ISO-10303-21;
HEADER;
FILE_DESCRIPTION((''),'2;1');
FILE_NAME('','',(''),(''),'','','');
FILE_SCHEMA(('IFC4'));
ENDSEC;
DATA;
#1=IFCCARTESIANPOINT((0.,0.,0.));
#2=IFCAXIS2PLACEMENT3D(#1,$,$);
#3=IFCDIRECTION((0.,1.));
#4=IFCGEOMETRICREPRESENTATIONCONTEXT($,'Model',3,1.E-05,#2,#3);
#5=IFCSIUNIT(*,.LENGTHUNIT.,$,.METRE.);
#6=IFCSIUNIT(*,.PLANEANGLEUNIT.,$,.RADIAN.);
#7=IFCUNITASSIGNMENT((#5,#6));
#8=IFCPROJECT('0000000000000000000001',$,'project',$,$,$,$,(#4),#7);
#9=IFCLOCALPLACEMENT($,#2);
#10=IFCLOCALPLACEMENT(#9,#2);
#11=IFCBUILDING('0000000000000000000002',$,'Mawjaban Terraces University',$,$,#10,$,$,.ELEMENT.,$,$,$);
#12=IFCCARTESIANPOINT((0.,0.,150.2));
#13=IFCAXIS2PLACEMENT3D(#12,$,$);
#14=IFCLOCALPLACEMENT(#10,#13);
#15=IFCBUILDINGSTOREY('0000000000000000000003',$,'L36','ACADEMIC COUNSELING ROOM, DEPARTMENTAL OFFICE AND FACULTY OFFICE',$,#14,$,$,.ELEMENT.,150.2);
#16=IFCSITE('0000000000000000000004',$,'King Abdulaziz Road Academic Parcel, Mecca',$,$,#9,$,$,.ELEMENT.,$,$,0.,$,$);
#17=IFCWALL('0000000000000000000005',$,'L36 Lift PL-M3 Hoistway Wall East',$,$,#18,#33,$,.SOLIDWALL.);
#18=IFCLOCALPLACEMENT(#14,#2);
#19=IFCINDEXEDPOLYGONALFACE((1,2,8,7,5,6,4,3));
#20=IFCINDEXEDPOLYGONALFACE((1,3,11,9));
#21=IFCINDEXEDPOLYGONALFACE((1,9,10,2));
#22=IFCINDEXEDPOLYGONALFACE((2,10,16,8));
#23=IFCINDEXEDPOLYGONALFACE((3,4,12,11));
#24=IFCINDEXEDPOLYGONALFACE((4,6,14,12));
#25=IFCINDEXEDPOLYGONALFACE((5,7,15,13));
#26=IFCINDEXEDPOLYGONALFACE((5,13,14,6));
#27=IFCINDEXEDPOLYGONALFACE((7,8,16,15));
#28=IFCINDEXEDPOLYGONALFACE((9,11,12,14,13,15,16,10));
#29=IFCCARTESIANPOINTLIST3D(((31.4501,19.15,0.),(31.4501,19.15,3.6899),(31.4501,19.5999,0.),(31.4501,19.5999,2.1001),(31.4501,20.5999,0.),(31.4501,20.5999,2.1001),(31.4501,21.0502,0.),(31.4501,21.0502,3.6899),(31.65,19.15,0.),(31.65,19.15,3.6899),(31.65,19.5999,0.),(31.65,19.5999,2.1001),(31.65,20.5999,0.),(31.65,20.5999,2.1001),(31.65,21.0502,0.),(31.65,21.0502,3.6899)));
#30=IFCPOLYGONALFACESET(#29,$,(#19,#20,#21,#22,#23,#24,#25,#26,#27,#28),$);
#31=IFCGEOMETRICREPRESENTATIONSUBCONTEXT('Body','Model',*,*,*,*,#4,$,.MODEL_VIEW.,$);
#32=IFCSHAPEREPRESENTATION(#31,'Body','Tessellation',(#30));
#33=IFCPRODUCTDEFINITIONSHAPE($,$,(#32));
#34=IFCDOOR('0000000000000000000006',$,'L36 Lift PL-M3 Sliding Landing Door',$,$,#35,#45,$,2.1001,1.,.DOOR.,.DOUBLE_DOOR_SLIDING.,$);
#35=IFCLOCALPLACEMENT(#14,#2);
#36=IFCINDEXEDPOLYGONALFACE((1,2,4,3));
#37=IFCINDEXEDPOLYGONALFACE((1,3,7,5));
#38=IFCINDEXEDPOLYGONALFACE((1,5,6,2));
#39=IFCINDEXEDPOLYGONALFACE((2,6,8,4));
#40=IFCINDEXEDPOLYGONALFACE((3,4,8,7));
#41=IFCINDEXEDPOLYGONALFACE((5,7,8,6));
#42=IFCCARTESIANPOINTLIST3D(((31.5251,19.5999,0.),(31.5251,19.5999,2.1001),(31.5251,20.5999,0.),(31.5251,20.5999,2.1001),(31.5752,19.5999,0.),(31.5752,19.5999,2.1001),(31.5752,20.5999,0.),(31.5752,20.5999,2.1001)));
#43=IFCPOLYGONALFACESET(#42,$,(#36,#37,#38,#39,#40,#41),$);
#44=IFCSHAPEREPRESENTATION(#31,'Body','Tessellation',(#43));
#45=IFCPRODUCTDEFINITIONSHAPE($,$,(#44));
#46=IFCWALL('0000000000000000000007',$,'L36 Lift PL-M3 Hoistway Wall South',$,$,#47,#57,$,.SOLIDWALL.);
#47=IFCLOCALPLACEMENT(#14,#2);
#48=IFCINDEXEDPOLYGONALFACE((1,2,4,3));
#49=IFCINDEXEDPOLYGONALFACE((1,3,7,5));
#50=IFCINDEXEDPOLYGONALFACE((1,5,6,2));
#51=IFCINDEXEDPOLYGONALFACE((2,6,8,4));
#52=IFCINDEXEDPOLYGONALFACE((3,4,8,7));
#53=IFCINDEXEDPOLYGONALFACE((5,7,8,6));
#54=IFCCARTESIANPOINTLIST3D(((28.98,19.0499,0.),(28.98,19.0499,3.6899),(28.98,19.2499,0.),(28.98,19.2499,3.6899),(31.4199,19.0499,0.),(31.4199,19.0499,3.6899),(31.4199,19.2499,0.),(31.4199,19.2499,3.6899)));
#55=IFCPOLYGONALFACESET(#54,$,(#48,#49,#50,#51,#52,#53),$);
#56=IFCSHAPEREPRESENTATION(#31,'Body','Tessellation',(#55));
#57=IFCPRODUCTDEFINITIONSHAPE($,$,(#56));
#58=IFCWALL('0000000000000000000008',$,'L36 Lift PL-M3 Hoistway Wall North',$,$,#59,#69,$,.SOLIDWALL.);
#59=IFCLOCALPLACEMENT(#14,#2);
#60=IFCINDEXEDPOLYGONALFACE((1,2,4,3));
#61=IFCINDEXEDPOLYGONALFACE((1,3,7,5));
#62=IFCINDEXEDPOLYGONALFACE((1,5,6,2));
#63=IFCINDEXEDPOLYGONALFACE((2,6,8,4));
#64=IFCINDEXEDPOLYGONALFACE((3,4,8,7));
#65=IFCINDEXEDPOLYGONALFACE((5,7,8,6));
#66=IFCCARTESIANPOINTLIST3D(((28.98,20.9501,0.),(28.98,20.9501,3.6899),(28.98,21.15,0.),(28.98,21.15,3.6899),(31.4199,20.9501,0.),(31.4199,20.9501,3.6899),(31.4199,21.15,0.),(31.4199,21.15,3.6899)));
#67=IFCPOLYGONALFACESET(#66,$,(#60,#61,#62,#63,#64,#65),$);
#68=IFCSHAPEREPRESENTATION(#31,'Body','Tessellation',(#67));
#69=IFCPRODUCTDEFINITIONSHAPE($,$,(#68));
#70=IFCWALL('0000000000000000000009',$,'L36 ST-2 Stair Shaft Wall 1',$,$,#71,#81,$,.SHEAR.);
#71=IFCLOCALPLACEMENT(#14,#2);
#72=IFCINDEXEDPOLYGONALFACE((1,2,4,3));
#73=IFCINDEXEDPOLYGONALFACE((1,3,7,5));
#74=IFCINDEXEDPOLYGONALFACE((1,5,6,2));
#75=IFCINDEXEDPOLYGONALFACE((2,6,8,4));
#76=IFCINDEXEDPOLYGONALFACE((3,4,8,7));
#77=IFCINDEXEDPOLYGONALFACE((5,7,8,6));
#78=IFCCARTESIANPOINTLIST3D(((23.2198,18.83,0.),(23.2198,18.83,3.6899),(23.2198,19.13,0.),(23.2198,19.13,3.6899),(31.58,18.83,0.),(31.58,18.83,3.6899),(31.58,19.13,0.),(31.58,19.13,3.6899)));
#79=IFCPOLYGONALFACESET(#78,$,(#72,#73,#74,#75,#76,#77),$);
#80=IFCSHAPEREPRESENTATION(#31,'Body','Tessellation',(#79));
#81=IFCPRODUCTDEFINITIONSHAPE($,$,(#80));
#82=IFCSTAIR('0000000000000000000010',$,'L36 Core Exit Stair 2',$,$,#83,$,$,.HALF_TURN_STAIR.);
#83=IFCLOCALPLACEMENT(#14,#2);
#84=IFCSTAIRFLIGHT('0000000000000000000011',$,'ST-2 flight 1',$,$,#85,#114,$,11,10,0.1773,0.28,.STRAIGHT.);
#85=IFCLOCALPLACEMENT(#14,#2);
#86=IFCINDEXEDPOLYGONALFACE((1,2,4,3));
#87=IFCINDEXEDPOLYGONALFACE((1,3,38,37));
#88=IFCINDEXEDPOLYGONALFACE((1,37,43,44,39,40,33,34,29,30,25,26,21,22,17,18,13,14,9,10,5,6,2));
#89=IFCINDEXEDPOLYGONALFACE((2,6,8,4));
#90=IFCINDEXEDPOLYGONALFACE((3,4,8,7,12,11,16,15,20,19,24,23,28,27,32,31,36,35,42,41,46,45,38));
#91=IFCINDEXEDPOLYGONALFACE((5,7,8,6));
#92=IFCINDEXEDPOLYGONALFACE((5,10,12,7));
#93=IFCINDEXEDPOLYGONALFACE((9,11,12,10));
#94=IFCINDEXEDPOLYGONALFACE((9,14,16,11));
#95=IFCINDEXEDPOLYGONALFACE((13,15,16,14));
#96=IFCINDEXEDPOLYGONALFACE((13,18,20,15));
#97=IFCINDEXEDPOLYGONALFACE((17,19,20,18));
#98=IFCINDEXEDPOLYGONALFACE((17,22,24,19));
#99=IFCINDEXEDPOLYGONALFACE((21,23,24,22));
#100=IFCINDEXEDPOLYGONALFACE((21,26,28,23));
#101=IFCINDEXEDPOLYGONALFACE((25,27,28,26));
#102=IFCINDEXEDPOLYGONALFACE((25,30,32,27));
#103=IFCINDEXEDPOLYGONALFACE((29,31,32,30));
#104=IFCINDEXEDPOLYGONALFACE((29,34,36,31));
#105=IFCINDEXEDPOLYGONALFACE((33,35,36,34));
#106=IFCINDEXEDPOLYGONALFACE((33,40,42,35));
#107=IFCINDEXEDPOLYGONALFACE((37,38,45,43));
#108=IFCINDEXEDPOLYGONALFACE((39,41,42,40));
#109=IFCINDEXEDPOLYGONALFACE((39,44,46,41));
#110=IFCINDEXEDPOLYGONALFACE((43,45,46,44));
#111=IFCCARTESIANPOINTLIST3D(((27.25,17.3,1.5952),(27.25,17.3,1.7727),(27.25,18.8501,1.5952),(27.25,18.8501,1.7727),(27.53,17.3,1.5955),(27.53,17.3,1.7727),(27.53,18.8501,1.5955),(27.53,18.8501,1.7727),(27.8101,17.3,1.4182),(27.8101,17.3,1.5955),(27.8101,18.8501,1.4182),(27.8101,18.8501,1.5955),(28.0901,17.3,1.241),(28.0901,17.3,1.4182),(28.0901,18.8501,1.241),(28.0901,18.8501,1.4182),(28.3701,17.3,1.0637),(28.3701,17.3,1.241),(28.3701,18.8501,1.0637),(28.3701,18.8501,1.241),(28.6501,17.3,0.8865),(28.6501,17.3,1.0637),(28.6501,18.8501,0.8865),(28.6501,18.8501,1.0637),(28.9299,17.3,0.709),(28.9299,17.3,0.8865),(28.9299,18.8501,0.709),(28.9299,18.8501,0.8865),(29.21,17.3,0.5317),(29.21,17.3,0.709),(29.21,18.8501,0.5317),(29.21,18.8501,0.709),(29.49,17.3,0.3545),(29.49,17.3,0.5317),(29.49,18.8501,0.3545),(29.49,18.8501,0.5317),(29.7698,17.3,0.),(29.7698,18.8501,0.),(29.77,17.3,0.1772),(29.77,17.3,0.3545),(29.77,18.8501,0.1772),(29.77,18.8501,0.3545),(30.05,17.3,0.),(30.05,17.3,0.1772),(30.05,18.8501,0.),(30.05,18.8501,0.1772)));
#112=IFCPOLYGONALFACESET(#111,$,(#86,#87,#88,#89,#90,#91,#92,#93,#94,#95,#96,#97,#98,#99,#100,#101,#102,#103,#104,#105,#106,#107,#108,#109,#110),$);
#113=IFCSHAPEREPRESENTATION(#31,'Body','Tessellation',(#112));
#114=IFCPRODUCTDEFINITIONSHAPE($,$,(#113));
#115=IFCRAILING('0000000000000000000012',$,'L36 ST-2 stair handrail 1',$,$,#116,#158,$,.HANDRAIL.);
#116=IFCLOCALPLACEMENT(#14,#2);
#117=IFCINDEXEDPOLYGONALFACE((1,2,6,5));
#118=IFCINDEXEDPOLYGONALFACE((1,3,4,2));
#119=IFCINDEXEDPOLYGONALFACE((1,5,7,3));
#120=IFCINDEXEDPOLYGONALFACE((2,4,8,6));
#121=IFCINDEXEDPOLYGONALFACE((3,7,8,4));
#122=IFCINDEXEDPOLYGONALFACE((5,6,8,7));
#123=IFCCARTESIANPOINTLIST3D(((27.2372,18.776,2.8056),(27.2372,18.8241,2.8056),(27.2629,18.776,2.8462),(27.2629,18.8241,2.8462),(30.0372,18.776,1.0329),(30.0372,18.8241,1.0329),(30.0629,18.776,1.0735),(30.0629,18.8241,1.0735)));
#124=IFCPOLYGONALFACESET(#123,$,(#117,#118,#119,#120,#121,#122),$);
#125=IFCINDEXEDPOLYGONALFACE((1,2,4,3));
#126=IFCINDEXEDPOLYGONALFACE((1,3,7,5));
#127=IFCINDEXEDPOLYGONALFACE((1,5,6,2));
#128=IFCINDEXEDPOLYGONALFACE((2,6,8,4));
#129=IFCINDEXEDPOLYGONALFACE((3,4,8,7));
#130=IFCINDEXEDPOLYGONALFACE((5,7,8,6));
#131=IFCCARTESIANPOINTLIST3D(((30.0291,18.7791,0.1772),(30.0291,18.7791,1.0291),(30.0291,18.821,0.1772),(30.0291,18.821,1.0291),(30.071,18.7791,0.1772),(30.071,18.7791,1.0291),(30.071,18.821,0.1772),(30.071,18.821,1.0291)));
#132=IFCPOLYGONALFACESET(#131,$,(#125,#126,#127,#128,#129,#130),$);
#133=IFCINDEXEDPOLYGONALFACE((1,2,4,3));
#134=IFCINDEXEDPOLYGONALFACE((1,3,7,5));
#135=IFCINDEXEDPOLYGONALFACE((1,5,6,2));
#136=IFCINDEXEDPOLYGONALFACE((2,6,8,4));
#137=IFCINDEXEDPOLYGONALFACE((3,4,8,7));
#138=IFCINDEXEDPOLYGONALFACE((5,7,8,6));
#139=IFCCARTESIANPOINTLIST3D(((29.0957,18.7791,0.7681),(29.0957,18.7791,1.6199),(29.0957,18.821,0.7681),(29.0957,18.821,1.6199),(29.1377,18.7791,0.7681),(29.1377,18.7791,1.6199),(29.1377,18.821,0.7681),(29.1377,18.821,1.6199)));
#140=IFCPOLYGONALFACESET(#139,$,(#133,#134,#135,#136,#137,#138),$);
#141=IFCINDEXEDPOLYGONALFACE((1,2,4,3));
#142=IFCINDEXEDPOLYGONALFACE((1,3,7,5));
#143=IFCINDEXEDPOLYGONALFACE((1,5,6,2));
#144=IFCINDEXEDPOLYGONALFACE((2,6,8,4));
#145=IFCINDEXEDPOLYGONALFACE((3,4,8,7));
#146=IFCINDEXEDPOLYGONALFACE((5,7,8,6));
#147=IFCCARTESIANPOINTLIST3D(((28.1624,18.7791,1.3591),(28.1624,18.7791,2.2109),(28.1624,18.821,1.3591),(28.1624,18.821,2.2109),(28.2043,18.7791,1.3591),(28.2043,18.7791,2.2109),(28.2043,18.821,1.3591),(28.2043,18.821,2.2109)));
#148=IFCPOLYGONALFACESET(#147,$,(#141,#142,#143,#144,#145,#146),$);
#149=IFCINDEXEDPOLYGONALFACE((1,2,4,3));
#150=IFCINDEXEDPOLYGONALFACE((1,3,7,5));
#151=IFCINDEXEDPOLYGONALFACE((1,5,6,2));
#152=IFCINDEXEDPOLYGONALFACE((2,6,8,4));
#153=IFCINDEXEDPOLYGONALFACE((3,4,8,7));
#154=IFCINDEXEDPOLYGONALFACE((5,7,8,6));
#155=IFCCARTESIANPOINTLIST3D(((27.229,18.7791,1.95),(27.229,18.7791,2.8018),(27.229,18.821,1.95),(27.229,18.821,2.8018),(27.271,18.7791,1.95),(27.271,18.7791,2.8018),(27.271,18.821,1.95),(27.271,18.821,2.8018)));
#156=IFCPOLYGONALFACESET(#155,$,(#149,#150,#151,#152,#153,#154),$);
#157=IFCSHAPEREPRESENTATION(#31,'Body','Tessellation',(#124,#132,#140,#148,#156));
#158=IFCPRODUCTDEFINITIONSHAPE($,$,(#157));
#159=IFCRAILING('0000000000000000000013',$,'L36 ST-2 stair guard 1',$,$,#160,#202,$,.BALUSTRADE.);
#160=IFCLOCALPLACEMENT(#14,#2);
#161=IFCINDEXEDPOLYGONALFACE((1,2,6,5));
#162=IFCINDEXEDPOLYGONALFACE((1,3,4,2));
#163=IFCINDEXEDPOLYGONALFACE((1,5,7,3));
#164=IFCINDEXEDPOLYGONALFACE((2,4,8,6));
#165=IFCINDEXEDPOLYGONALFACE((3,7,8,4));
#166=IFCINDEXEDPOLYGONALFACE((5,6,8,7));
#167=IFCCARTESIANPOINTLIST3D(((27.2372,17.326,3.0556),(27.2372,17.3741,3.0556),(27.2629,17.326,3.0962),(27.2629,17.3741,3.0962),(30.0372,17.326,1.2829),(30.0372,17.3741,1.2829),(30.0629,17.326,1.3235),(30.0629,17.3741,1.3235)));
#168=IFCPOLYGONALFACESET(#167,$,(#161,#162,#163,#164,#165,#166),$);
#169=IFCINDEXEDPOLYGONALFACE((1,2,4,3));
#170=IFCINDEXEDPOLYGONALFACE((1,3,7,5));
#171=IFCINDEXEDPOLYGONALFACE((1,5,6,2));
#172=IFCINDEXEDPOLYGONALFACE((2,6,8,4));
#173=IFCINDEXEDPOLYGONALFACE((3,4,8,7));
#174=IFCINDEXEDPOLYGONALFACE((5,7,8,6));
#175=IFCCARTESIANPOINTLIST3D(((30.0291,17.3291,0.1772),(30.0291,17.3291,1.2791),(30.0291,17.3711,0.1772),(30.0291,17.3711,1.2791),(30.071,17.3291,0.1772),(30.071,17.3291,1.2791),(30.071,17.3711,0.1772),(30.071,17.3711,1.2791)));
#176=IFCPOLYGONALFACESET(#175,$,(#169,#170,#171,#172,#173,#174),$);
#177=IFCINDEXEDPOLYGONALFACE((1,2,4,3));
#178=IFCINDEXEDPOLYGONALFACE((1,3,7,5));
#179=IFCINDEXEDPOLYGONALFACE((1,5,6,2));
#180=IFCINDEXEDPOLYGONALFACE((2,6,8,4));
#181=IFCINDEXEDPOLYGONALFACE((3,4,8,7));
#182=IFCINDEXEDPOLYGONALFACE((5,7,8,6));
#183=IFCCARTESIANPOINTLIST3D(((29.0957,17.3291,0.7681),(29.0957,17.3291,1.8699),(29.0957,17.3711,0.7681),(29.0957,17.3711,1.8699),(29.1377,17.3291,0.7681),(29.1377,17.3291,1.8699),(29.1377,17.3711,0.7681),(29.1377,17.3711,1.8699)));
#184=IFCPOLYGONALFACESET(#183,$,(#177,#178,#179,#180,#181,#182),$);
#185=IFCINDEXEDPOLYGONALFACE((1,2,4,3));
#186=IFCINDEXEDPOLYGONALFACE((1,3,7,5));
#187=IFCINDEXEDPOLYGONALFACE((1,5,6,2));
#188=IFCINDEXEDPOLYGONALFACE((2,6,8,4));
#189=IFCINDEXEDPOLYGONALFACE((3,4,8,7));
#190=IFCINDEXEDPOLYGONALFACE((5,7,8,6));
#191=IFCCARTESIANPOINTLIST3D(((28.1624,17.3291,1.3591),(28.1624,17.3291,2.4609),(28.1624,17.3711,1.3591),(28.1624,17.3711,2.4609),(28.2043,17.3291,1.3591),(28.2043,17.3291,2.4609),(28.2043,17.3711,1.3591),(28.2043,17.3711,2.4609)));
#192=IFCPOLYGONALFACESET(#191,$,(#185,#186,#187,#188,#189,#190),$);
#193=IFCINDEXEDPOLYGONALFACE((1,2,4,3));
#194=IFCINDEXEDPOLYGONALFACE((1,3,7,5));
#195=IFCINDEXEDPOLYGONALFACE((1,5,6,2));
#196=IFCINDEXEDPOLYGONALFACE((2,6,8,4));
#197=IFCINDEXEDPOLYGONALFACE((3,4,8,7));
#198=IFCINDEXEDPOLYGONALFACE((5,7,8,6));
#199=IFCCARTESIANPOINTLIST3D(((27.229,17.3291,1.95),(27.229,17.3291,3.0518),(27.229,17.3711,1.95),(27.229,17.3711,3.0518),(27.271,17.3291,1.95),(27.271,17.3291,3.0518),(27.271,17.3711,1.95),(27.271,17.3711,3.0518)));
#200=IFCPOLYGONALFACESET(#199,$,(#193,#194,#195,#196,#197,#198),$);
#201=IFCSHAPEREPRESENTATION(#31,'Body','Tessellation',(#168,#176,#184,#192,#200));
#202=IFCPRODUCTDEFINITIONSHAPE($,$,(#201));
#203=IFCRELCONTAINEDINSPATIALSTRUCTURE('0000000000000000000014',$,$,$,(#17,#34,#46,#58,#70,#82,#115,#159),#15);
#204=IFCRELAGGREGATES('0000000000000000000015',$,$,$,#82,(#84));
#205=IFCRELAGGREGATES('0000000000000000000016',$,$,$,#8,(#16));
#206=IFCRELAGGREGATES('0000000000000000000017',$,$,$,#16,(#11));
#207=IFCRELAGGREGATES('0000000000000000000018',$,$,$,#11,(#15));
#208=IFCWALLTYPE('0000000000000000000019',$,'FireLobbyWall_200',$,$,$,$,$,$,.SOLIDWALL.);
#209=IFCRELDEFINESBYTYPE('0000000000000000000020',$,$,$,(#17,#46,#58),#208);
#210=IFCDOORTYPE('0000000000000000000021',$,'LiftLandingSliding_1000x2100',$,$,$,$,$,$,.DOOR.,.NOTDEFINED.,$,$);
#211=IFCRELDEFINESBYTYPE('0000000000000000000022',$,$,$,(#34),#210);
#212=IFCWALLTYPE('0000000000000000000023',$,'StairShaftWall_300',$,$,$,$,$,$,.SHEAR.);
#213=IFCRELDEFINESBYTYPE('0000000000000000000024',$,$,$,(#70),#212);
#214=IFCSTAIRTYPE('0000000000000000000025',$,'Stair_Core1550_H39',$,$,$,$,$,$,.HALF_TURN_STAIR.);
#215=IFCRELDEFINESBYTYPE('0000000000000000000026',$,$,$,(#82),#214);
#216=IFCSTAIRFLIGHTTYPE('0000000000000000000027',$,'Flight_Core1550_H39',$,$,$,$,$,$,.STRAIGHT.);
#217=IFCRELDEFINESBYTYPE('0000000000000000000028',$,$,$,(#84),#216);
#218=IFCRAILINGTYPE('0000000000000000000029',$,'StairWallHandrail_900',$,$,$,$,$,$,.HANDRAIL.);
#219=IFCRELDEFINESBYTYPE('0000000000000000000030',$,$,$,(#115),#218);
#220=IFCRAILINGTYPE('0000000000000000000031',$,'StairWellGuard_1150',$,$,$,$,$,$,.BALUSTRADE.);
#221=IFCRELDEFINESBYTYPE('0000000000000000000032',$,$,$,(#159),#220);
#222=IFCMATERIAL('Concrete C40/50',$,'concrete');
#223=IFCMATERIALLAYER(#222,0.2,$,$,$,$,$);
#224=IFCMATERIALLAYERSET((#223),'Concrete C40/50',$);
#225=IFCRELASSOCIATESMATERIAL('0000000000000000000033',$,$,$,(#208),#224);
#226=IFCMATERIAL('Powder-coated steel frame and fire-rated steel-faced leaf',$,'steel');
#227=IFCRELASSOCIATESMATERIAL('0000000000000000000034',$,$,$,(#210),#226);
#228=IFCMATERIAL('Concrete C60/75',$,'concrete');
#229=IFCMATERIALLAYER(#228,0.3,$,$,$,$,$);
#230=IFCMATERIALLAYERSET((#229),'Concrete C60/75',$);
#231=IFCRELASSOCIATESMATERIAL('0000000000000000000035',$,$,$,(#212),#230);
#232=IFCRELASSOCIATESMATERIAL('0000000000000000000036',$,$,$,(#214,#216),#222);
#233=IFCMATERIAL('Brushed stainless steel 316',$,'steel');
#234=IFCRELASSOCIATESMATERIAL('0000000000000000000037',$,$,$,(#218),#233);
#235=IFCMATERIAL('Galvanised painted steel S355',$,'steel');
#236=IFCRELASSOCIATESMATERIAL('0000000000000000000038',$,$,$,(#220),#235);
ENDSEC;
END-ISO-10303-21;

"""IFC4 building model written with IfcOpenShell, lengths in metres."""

from ifc_helpers import new_model, si_unit, direction, frame, frame_2d, origin, origin_2d, place, context, subcontext, project, spatial, polyline, rectangle, outline, extrude, material, layer, layer_set, type_object, element, fill, aggregate, save


model = new_model("IFC4")

# Units and contexts
model_context = context("Model", 3, precision=1e-05, world=origin(), true_north=direction((0.0, 1.0)))
body_context = subcontext(model_context, "Body", "Model", "MODEL_VIEW")
ifc_project = project(units=[si_unit("LENGTHUNIT", "METRE"), si_unit("PLANEANGLEUNIT", "RADIAN")], contexts=[model_context])

# Site, building, storey
site_placement = place(None, origin())
site = spatial("IfcSite", under=ifc_project, at=site_placement, Name="King Abdulaziz Road Academic Parcel, Mecca", CompositionType="ELEMENT", RefElevation=0.0)
building_placement = place(site_placement, origin())
building = spatial("IfcBuilding", under=site, at=building_placement, Name="Mawjaban Terraces University", CompositionType="ELEMENT")
storey_placement = place(building_placement, frame((0.0, 0.0, 150.2)))
storey = spatial("IfcBuildingStorey", under=building, at=storey_placement, Name="L36", Description="ACADEMIC COUNSELING ROOM, DEPARTMENTAL OFFICE AND FACULTY OFFICE", CompositionType="ELEMENT", Elevation=150.2)

# Shared definitions
ifc_material_1 = material(Name="Concrete C40/50", Category="concrete")
ifc_layer_1 = layer(ifc_material_1, 0.2)
ifc_layer_set_1 = layer_set([ifc_layer_1], Name="Concrete C40/50")
wall_type_1 = type_object("IfcWallType", Name="FireLobbyWall_200", PredefinedType="SOLIDWALL", material=ifc_layer_set_1)

# Wall, opening, door
ifc_material_2 = material(Name="Powder-coated steel frame and fire-rated steel-faced leaf", Category="steel")
door_type_1 = type_object("IfcDoorType", Name="LiftLandingSliding_1000x2100", OperationType="NOTDEFINED", PredefinedType="DOOR", material=ifc_material_2)
wall_1_placement = place(storey_placement, frame((31.55, 19.1499, 0.0), z_axis=(0.0, 0.0, 1.0), x_axis=(0.0, 1.0, 0.0)))
wall_1 = element("IfcWall", 1, at=wall_1_placement, inside=storey, type_object=wall_type_1, Name="L36 Lift PL-M3 Hoistway Wall East", PredefinedType="SOLIDWALL", context=body_context, shape_type="SweptSolid", body=[
    extrude(rectangle(XDim=1.9001, YDim=0.2, at=frame_2d((0.9502, 0.0))), origin(), (0.0, 0.0, 1.0), 3.6899),
])
opening_1_placement = place(wall_1_placement, frame((0.45, 0.0, 0.0)))
opening_1 = element("IfcOpeningElement", 2, at=opening_1_placement, cuts=wall_1, PredefinedType="OPENING", context=body_context, shape_type="SweptSolid", body=[
    extrude(rectangle(XDim=1.0, YDim=2.1001, at=frame_2d((0.5, 1.05))), frame((0.0, 0.1099, 0.0), z_axis=(0.0, -1.0, 0.0), x_axis=(1.0, 0.0, 0.0)), (0.0, 0.0, 1.0), 0.22),
])
door_1_placement = place(opening_1_placement, origin())
door_1 = element("IfcDoor", 3, at=door_1_placement, inside=storey, type_object=door_type_1, Name="L36 Lift PL-M3 Sliding Landing Door", OperationType="DOUBLE_DOOR_SLIDING", OverallHeight=2.1001, OverallWidth=1.0, PredefinedType="DOOR", context=body_context, shape_type="SweptSolid", body=[
    extrude(rectangle(XDim=1.0, YDim=2.1001, at=frame_2d((0.5, 1.05))), frame((0.0, 0.0249, 0.0), z_axis=(0.0, -1.0, 0.0), x_axis=(1.0, 0.0, 0.0)), (0.0, 0.0, 1.0), 0.05),
])
fill(opening_1, door_1)

# Walls
for number, where, z_axis, x_axis, name in (
    (4, (28.98, 19.1499, 0.0), (0.0, 0.0, 1.0), (1.0, 0.0, 0.0), "L36 Lift PL-M3 Hoistway Wall South"),
    (5, (31.4199, 21.05, 0.0), (0.0, 0.0, 1.0), (-1.0, 0.0, 0.0), "L36 Lift PL-M3 Hoistway Wall North"),
):
    element("IfcWall", number, at=place(storey_placement, frame(where, z_axis=z_axis, x_axis=x_axis)), inside=storey, type_object=wall_type_1, Name=name, PredefinedType="SOLIDWALL", context=body_context, shape_type="SweptSolid", body=[
        extrude(rectangle(XDim=2.4399, YDim=0.2, at=frame_2d((1.22, 0.0))), origin(), (0.0, 0.0, 1.0), 3.6899),
    ])
ifc_material_3 = material(Name="Concrete C60/75", Category="concrete")
ifc_layer_2 = layer(ifc_material_3, 0.3)
ifc_layer_set_2 = layer_set([ifc_layer_2], Name="Concrete C60/75")
wall_type_2 = type_object("IfcWallType", Name="StairShaftWall_300", PredefinedType="SHEAR", material=ifc_layer_set_2)
wall_2_placement = place(storey_placement, frame((31.5801, 18.98, 0.0), z_axis=(0.0, 0.0, 1.0), x_axis=(-1.0, 0.0, 0.0)))
element("IfcWall", 6, at=wall_2_placement, inside=storey, type_object=wall_type_2, Name="L36 ST-2 Stair Shaft Wall 1", PredefinedType="SHEAR", context=body_context, shape_type="SweptSolid", body=[
    extrude(rectangle(XDim=8.3601, YDim=0.3, at=frame_2d((4.1802, 0.0))), origin(), (0.0, 0.0, 1.0), 3.6899),
])

# Stair, stair flight
stair_type = type_object("IfcStairType", Name="Stair_Core1550_H39", PredefinedType="HALF_TURN_STAIR", material=ifc_material_1)
stair_placement = place(storey_placement, origin())
stair = element("IfcStair", 7, at=stair_placement, inside=storey, type_object=stair_type, Name="L36 Core Exit Stair 2", PredefinedType="HALF_TURN_STAIR")
stair_flight_type = type_object("IfcStairFlightType", Name="Flight_Core1550_H39", PredefinedType="STRAIGHT", material=ifc_material_1)
stair_flight_placement = place(storey_placement, frame((30.05, 18.075, 0.0), z_axis=(0.0, 0.0, 1.0), x_axis=(-1.0, 0.0, 0.0)))
stair_flight = element("IfcStairFlight", 8, at=stair_flight_placement, type_object=stair_flight_type, Name="ST-2 flight 1", NumberOfRisers=11, NumberOfTreads=10, PredefinedType="STRAIGHT", RiserHeight=0.1773, TreadLength=0.28, context=body_context, shape_type="SweptSolid", body=[
    extrude(outline(polyline([(0.0, 0.0), (0.0, 0.1772), (0.28, 0.1772), (0.28, 0.3545), (0.5601, 0.3545), (0.5601, 0.5317), (0.8401, 0.5317), (0.8401, 0.709), (1.1201, 0.709), (1.1201, 0.8865), (1.3999, 0.8865), (1.3999, 1.0637), (1.6799, 1.0637), (1.6799, 1.241), (1.96, 1.241), (1.96, 1.4182), (2.24, 1.4182), (2.24, 1.5955), (2.52, 1.5955), (2.52, 1.7727), (2.8, 1.7727), (2.8, 1.95), (2.8, 1.5952), (0.2803, 0.0), (0.0, 0.0)])), frame((0.0, 0.7749, 0.0), z_axis=(0.0, -1.0, 0.0), x_axis=(1.0, 0.0, 0.0)), (0.0, 0.0, 1.0), 1.55),
])
aggregate(stair, [stair_flight])

# Railings
ifc_material_4 = material(Name="Brushed stainless steel 316", Category="steel")
railing_type_1 = type_object("IfcRailingType", Name="StairWallHandrail_900", PredefinedType="HANDRAIL", material=ifc_material_4)
railing_1_placement = place(storey_placement, frame((30.05, 18.8, 0.1772)))
element("IfcRailing", 9, at=railing_1_placement, inside=storey, type_object=railing_type_1, Name="L36 ST-2 stair handrail 1", PredefinedType="HANDRAIL", context=body_context, shape_type="SweptSolid", body=[
    extrude(rectangle(XDim=0.0481, YDim=0.0481, at=origin_2d()), frame((0.0, 0.0, 0.876), z_axis=(-0.844909, 0.0, 0.53491), x_axis=(0.0, -1.0, 0.0)), (0.0, 0.0, 1.0), 3.314),
    extrude(rectangle(XDim=0.042, YDim=0.042, at=origin_2d()), origin(), (0.0, 0.0, 1.0), 0.8518),
    extrude(rectangle(XDim=0.042, YDim=0.042, at=origin_2d()), frame((-0.9333, 0.0, 0.5908)), (0.0, 0.0, 1.0), 0.8518),
    extrude(rectangle(XDim=0.042, YDim=0.042, at=origin_2d()), frame((-1.8667, 0.0, 1.1819)), (0.0, 0.0, 1.0), 0.8518),
    extrude(rectangle(XDim=0.042, YDim=0.042, at=origin_2d()), frame((-2.8, 0.0, 1.7727)), (0.0, 0.0, 1.0), 0.8518),
])
ifc_material_5 = material(Name="Galvanised painted steel S355", Category="steel")
railing_type_2 = type_object("IfcRailingType", Name="StairWellGuard_1150", PredefinedType="BALUSTRADE", material=ifc_material_5)
railing_2_placement = place(storey_placement, frame((30.05, 17.3501, 0.1772)))
element("IfcRailing", 10, at=railing_2_placement, inside=storey, type_object=railing_type_2, Name="L36 ST-2 stair guard 1", PredefinedType="BALUSTRADE", context=body_context, shape_type="SweptSolid", body=[
    extrude(rectangle(XDim=0.0481, YDim=0.0481, at=origin_2d()), frame((0.0, 0.0, 1.126), z_axis=(-0.844909, 0.0, 0.53491), x_axis=(0.0, -1.0, 0.0)), (0.0, 0.0, 1.0), 3.314),
    extrude(rectangle(XDim=0.042, YDim=0.042, at=origin_2d()), origin(), (0.0, 0.0, 1.0), 1.1018),
    extrude(rectangle(XDim=0.042, YDim=0.042, at=origin_2d()), frame((-0.9333, 0.0, 0.5908)), (0.0, 0.0, 1.0), 1.1018),
    extrude(rectangle(XDim=0.042, YDim=0.042, at=origin_2d()), frame((-1.8667, 0.0, 1.1819)), (0.0, 0.0, 1.0), 1.1018),
    extrude(rectangle(XDim=0.042, YDim=0.042, at=origin_2d()), frame((-2.8, 0.0, 1.7727)), (0.0, 0.0, 1.0), 1.1018),
])

save(model, "model.ifc")
